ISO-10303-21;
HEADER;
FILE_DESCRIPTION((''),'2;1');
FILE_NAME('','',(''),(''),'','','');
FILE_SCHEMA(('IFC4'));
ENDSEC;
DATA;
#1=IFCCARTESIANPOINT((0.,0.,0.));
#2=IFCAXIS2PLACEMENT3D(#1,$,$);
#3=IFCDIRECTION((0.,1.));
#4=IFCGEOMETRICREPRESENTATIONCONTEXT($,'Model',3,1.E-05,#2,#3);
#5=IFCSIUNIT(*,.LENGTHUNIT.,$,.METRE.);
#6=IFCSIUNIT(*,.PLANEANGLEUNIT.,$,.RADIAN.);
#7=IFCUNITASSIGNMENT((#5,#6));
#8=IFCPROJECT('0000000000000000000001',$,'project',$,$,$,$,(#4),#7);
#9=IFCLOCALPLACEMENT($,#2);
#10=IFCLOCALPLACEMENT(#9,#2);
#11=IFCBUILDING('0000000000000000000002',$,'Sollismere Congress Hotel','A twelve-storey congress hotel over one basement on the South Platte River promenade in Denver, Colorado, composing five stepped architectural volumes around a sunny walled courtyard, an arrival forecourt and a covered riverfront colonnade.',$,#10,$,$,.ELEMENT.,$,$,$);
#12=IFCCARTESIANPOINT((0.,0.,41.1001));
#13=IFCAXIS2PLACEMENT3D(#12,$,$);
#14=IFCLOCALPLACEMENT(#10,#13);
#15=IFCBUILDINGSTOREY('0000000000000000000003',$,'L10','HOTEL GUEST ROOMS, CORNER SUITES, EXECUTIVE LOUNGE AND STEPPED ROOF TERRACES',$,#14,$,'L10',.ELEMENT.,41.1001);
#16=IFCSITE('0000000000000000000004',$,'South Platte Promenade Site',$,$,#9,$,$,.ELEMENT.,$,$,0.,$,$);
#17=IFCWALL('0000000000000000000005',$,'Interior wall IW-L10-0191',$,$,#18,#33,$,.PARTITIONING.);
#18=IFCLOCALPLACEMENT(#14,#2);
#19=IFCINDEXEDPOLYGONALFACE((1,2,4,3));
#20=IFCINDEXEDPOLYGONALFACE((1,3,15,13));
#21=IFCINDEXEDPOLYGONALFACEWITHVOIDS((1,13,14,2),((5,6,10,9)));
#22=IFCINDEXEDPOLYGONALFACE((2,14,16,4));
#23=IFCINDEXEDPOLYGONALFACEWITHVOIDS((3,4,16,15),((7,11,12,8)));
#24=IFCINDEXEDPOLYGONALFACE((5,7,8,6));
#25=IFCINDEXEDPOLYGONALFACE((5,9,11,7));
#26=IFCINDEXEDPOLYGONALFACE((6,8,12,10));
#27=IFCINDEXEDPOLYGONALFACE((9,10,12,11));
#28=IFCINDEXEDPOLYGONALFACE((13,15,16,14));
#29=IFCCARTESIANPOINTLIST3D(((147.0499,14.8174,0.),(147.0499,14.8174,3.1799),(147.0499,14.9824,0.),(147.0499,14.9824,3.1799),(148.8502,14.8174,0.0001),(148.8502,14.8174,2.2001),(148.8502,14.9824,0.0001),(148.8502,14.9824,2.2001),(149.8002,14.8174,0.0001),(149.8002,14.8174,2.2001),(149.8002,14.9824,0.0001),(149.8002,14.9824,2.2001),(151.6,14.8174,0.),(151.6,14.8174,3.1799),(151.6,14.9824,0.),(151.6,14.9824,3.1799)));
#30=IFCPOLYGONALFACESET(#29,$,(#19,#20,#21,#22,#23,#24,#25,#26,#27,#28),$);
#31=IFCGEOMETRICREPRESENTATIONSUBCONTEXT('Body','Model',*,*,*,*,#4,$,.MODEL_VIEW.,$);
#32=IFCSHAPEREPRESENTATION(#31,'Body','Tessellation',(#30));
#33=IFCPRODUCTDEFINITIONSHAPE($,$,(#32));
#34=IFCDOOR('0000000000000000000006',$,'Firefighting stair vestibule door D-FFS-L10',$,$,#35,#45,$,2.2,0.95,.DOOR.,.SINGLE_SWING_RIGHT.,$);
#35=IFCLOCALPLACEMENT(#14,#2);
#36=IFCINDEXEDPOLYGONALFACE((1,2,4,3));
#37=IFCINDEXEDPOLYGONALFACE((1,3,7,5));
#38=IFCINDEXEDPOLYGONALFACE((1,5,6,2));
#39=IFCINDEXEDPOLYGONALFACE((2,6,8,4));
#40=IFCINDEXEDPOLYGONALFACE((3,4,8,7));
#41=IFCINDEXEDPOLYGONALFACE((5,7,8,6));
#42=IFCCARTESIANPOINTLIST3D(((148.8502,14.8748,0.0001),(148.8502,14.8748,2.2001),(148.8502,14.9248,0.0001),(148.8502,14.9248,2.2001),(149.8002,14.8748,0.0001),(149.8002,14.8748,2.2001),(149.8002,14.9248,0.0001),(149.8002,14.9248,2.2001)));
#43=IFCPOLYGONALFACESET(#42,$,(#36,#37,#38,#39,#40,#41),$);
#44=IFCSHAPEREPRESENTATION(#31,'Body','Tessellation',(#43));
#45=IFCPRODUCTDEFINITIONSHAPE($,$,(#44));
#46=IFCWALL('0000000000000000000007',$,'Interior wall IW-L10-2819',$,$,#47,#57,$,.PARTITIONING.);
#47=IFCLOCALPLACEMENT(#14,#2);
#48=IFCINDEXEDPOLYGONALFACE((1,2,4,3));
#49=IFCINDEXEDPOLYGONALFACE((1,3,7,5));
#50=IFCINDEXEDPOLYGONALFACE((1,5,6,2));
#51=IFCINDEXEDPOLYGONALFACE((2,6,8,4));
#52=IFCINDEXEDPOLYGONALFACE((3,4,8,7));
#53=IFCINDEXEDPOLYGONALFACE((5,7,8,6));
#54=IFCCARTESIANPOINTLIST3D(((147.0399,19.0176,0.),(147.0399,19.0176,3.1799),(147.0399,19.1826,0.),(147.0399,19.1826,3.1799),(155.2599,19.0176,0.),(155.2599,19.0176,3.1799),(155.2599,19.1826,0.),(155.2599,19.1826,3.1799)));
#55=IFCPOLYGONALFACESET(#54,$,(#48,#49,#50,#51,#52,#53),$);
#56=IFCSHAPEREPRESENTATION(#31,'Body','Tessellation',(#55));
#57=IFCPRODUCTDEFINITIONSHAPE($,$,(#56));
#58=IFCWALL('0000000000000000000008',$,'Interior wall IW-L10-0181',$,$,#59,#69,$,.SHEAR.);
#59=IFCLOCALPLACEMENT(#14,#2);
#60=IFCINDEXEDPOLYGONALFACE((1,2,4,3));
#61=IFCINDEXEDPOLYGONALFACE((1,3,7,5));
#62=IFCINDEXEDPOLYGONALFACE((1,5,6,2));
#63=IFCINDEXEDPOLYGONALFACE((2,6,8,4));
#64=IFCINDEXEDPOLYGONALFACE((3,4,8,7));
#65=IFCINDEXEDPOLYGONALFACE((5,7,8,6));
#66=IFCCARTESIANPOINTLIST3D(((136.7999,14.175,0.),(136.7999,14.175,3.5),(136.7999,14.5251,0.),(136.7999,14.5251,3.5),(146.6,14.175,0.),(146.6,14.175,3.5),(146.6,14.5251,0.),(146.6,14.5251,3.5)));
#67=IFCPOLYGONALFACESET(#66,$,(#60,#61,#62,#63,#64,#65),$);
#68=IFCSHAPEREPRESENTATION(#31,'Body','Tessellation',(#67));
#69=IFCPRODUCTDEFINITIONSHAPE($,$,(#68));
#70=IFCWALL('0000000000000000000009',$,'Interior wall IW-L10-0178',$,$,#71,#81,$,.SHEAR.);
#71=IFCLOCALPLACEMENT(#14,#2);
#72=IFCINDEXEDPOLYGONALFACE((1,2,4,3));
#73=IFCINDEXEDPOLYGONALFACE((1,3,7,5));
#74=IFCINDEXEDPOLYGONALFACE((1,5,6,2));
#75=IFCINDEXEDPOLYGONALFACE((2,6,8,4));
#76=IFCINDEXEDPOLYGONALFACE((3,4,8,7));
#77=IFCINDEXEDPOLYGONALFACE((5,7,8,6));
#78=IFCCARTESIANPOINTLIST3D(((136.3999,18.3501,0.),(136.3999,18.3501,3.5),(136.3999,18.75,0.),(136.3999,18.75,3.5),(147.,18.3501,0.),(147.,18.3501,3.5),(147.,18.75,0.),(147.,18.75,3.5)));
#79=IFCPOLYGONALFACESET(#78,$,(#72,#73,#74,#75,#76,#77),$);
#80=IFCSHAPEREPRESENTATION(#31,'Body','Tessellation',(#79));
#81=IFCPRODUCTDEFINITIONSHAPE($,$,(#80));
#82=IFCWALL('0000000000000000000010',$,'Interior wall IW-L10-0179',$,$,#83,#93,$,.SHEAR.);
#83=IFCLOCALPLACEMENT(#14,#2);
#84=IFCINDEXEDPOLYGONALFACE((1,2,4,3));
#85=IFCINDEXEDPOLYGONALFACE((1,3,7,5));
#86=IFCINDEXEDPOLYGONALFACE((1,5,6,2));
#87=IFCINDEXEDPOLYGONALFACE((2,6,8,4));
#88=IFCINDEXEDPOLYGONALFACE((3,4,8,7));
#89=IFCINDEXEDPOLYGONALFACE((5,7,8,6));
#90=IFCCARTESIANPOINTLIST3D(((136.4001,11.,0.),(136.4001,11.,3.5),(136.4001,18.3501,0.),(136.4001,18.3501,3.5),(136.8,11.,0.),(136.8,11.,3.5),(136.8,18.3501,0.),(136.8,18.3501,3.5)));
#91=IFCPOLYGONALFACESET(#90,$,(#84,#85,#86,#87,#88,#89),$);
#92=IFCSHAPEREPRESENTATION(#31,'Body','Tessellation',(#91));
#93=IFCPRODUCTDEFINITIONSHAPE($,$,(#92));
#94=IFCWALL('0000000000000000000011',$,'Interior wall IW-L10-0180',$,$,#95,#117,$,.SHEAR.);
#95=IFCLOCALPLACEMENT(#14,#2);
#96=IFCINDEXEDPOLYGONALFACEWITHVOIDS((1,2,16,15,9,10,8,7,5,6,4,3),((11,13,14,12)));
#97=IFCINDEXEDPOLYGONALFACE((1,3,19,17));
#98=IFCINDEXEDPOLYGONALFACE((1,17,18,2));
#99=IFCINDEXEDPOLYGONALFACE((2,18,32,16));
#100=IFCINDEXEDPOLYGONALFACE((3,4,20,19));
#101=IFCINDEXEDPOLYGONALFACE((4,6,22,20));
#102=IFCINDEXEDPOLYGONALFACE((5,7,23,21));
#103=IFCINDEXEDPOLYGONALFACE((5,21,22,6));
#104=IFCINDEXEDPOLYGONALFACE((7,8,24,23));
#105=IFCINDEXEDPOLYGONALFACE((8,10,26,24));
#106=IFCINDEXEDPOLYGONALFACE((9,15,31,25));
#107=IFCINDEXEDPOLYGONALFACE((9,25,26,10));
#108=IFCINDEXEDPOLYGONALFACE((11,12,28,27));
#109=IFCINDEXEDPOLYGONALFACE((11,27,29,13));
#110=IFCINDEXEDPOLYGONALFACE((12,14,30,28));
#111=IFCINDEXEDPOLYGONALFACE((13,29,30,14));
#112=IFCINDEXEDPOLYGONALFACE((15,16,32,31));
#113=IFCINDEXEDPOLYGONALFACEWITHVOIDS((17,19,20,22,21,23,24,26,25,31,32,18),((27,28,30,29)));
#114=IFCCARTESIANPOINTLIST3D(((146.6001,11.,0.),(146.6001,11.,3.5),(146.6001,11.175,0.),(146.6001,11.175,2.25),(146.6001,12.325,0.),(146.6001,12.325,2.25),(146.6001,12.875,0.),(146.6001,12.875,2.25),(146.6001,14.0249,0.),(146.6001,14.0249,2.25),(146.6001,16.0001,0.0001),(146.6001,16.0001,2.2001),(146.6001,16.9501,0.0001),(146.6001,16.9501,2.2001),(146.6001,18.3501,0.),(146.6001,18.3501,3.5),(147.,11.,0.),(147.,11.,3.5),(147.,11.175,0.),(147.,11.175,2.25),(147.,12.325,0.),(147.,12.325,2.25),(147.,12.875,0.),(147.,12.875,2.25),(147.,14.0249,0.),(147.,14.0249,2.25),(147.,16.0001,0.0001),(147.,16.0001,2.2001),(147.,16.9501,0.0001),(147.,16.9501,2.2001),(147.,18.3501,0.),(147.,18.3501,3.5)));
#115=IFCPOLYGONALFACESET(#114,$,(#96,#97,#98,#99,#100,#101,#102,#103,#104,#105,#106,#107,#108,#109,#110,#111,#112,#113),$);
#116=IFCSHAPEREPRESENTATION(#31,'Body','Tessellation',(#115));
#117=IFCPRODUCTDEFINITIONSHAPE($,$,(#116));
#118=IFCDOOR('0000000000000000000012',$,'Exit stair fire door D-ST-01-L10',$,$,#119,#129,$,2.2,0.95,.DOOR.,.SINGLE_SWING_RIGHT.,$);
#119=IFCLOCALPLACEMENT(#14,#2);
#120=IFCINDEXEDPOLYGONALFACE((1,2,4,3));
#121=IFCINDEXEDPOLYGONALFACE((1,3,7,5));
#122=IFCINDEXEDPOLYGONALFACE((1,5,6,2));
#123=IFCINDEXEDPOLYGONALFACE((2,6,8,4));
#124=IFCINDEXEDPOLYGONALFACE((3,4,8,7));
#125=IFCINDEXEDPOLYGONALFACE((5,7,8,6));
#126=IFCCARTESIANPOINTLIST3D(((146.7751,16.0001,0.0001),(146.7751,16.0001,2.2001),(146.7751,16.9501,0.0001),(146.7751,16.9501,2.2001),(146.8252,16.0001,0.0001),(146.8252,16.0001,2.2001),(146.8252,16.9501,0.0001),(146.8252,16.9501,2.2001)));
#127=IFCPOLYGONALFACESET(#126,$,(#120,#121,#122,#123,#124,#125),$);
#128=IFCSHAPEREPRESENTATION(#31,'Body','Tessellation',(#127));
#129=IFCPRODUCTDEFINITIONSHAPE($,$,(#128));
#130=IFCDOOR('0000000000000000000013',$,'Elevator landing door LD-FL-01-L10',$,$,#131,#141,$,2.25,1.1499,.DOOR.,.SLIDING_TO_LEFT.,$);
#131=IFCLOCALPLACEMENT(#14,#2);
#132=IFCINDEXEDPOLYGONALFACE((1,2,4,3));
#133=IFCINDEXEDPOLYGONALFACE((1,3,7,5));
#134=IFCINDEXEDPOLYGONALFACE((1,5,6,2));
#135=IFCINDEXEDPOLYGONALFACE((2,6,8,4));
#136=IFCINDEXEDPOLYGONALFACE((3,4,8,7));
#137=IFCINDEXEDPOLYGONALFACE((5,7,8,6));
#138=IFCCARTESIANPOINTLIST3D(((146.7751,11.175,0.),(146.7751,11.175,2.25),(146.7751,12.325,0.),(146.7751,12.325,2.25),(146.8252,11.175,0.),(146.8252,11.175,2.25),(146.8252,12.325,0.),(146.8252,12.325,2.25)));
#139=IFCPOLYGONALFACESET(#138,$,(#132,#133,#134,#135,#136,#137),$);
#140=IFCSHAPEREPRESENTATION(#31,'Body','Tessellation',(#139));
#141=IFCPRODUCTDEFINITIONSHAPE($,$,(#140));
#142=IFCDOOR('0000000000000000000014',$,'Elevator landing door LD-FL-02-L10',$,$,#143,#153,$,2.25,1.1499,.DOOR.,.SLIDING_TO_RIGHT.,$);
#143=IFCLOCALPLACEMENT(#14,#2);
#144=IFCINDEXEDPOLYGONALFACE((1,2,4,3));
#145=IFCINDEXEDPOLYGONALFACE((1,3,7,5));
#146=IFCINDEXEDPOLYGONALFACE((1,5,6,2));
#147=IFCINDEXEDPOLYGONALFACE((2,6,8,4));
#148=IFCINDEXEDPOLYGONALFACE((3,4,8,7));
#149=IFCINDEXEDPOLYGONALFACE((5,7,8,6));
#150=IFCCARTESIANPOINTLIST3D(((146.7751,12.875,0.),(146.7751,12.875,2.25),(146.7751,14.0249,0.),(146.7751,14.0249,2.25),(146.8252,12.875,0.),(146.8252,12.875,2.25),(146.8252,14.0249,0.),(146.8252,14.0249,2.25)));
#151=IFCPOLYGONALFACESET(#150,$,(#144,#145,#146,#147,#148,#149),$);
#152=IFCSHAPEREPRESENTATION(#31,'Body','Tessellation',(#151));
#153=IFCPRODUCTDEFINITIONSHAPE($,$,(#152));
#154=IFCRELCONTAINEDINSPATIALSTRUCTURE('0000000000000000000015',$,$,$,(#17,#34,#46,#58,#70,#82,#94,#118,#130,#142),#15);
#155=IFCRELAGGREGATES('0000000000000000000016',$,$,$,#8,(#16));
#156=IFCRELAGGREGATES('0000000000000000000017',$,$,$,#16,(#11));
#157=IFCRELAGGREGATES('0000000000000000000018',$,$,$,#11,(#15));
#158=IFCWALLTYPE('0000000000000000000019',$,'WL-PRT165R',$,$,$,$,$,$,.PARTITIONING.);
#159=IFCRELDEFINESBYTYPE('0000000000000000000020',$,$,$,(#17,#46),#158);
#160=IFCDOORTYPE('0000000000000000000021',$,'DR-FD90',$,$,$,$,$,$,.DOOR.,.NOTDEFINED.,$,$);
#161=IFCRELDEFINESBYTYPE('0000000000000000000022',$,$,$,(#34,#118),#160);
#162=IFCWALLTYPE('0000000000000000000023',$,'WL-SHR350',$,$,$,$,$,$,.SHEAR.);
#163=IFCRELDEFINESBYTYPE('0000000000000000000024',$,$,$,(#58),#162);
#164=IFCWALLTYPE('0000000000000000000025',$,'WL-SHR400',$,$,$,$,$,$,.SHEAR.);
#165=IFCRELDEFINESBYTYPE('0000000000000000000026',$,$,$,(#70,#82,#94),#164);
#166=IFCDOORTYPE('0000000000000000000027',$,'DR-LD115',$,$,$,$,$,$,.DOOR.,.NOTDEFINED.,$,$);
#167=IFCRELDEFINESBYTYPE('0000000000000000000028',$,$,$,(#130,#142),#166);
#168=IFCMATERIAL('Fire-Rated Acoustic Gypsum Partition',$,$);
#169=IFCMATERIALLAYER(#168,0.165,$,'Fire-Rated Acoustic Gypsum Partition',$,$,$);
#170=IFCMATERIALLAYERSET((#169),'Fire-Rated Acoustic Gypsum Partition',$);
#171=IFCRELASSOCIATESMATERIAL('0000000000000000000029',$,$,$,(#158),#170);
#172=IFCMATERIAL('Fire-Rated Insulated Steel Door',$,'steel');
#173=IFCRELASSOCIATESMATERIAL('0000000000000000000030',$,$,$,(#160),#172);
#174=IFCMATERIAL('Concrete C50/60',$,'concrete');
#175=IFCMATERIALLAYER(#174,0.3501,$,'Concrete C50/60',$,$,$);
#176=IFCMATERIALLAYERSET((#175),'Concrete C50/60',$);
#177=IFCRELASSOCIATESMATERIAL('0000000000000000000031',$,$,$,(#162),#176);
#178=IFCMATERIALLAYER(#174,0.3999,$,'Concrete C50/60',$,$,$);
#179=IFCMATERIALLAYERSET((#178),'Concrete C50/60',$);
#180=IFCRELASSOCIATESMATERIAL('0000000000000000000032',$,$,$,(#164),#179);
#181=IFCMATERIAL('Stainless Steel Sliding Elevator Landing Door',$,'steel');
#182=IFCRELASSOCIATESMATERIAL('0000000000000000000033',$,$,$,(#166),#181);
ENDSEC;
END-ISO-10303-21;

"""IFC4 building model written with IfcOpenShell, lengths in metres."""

from ifc_helpers import new_model, si_unit, direction, frame, frame_2d, origin, place, context, subcontext, project, spatial, rectangle, extrude, material, layer, layer_set, type_object, element, fill, save


model = new_model("IFC4")

# Units and contexts
model_context = context("Model", 3, precision=1e-05, world=origin(), true_north=direction((0.0, 1.0)))
body_context = subcontext(model_context, "Body", "Model", "MODEL_VIEW")
ifc_project = project(units=[si_unit("LENGTHUNIT", "METRE"), si_unit("PLANEANGLEUNIT", "RADIAN")], contexts=[model_context])

# Site, building, storey
site_placement = place(None, origin())
site = spatial("IfcSite", under=ifc_project, at=site_placement, Name="South Platte Promenade Site", CompositionType="ELEMENT", RefElevation=0.0)
building_placement = place(site_placement, origin())
building = spatial("IfcBuilding", under=site, at=building_placement, Name="Sollismere Congress Hotel", Description="A twelve-storey congress hotel over one basement on the South Platte River promenade in Denver, Colorado, composing five stepped architectural volumes around a sunny walled courtyard, an arrival forecourt and a covered riverfront colonnade.", CompositionType="ELEMENT")
storey_placement = place(building_placement, frame((0.0, 0.0, 41.1001)))
storey = spatial("IfcBuildingStorey", under=building, at=storey_placement, Name="L10", Description="HOTEL GUEST ROOMS, CORNER SUITES, EXECUTIVE LOUNGE AND STEPPED ROOF TERRACES", LongName="L10", CompositionType="ELEMENT", Elevation=41.1001)

# Wall, opening, door
ifc_material_1 = material(Name="Fire-Rated Acoustic Gypsum Partition")
ifc_layer_1 = layer(ifc_material_1, 0.165, Name="Fire-Rated Acoustic Gypsum Partition")
ifc_layer_set_1 = layer_set([ifc_layer_1], Name="Fire-Rated Acoustic Gypsum Partition")
wall_type_1 = type_object("IfcWallType", Name="WL-PRT165R", PredefinedType="PARTITIONING", material=ifc_layer_set_1)
wall_1_placement = place(storey_placement, frame((147.05, 14.8999, 0.0), z_axis=(0.0, 0.0, 1.0), x_axis=(1.0, 0.0, 0.0)))
wall_1 = element("IfcWall", 1, at=wall_1_placement, inside=storey, type_object=wall_type_1, Name="Interior wall IW-L10-0191", PredefinedType="PARTITIONING", context=body_context, shape_type="SweptSolid", body=[
    extrude(rectangle(XDim=4.55, YDim=0.165, at=frame_2d((2.2749, 0.0))), origin(), (0.0, 0.0, 1.0), 3.1799),
])
opening_1_placement = place(wall_1_placement, frame((1.8, 0.0, 0.0)))
opening_1 = element("IfcOpeningElement", 2, at=opening_1_placement, cuts=wall_1, PredefinedType="OPENING", context=body_context, shape_type="SweptSolid", body=[
    extrude(rectangle(XDim=0.95, YDim=2.2, at=frame_2d((0.4751, 1.1001))), frame((0.0, 0.0925, 0.0), z_axis=(0.0, -1.0, 0.0), x_axis=(1.0, 0.0, 0.0)), (0.0, 0.0, 1.0), 0.1851),
])
ifc_material_2 = material(Name="Fire-Rated Insulated Steel Door", Category="steel")
door_type_1 = type_object("IfcDoorType", Name="DR-FD90", OperationType="NOTDEFINED", PredefinedType="DOOR", material=ifc_material_2)
door_1_placement = place(opening_1_placement, origin())
door_1 = element("IfcDoor", 3, at=door_1_placement, inside=storey, type_object=door_type_1, Name="Firefighting stair vestibule door D-FFS-L10", OperationType="SINGLE_SWING_RIGHT", OverallHeight=2.2, OverallWidth=0.95, PredefinedType="DOOR", context=body_context, shape_type="SweptSolid", body=[
    extrude(rectangle(XDim=0.95, YDim=2.2, at=frame_2d((0.4751, 1.1001))), frame((0.0, 0.0249, 0.0), z_axis=(0.0, -1.0, 0.0), x_axis=(1.0, 0.0, 0.0)), (0.0, 0.0, 1.0), 0.05),
])
fill(opening_1, door_1)

# Walls
wall_2_placement = place(storey_placement, frame((147.04, 19.1001, 0.0), z_axis=(0.0, 0.0, 1.0), x_axis=(1.0, 0.0, 0.0)))
element("IfcWall", 4, at=wall_2_placement, inside=storey, type_object=wall_type_1, Name="Interior wall IW-L10-2819", PredefinedType="PARTITIONING", context=body_context, shape_type="SweptSolid", body=[
    extrude(rectangle(XDim=8.22, YDim=0.165, at=frame_2d((4.1099, 0.0))), origin(), (0.0, 0.0, 1.0), 3.1799),
])
ifc_material_3 = material(Name="Concrete C50/60", Category="concrete")
ifc_layer_2 = layer(ifc_material_3, 0.3501, Name="Concrete C50/60")
ifc_layer_set_2 = layer_set([ifc_layer_2], Name="Concrete C50/60")
wall_type_2 = type_object("IfcWallType", Name="WL-SHR350", PredefinedType="SHEAR", material=ifc_layer_set_2)
wall_3_placement = place(storey_placement, frame((136.8, 14.3501, 0.0), z_axis=(0.0, 0.0, 1.0), x_axis=(1.0, 0.0, 0.0)))
element("IfcWall", 5, at=wall_3_placement, inside=storey, type_object=wall_type_2, Name="Interior wall IW-L10-0181", PredefinedType="SHEAR", context=body_context, shape_type="SweptSolid", body=[
    extrude(rectangle(XDim=9.8, YDim=0.3501, at=frame_2d((4.8999, 0.0))), origin(), (0.0, 0.0, 1.0), 3.5),
])
ifc_layer_3 = layer(ifc_material_3, 0.3999, Name="Concrete C50/60")
ifc_layer_set_3 = layer_set([ifc_layer_3], Name="Concrete C50/60")
wall_type_3 = type_object("IfcWallType", Name="WL-SHR400", PredefinedType="SHEAR", material=ifc_layer_set_3)
wall_4_placement = place(storey_placement, frame((147.0, 18.55, 0.0), z_axis=(0.0, 0.0, 1.0), x_axis=(-1.0, 0.0, 0.0)))
element("IfcWall", 6, at=wall_4_placement, inside=storey, type_object=wall_type_3, Name="Interior wall IW-L10-0178", PredefinedType="SHEAR", context=body_context, shape_type="SweptSolid", body=[
    extrude(rectangle(XDim=10.6001, YDim=0.3999, at=frame_2d((5.3, 0.0))), origin(), (0.0, 0.0, 1.0), 3.5),
])
wall_5_placement = place(storey_placement, frame((136.6001, 18.3501, 0.0), z_axis=(0.0, 0.0, 1.0), x_axis=(0.0, -1.0, 0.0)))
element("IfcWall", 7, at=wall_5_placement, inside=storey, type_object=wall_type_3, Name="Interior wall IW-L10-0179", PredefinedType="SHEAR", context=body_context, shape_type="SweptSolid", body=[
    extrude(rectangle(XDim=7.3501, YDim=0.3999, at=frame_2d((3.675, 0.0))), origin(), (0.0, 0.0, 1.0), 3.5),
])

# Wall, openings, doors
wall_6_placement = place(storey_placement, frame((146.8, 11.0, 0.0), z_axis=(0.0, 0.0, 1.0), x_axis=(0.0, 1.0, 0.0)))
wall_6 = element("IfcWall", 8, at=wall_6_placement, inside=storey, type_object=wall_type_3, Name="Interior wall IW-L10-0180", PredefinedType="SHEAR", context=body_context, shape_type="SweptSolid", body=[
    extrude(rectangle(XDim=7.3501, YDim=0.3999, at=frame_2d((3.675, 0.0))), origin(), (0.0, 0.0, 1.0), 3.5),
])
opening_2_placement = place(wall_6_placement, frame((5.0, 0.0, 0.0)))
opening_2 = element("IfcOpeningElement", 9, at=opening_2_placement, cuts=wall_6, PredefinedType="OPENING", context=body_context, shape_type="SweptSolid", body=[
    extrude(rectangle(XDim=0.95, YDim=2.2, at=frame_2d((0.4751, 1.1001))), frame((0.0, 0.21, 0.0), z_axis=(0.0, -1.0, 0.0), x_axis=(1.0, 0.0, 0.0)), (0.0, 0.0, 1.0), 0.4199),
])
opening_3_placement = place(wall_6_placement, frame((0.175, 0.0, 0.0)))
opening_3 = element("IfcOpeningElement", 10, at=opening_3_placement, cuts=wall_6, PredefinedType="OPENING", context=body_context, shape_type="SweptSolid", body=[
    extrude(rectangle(XDim=1.1499, YDim=2.25, at=frame_2d((0.575, 1.125))), frame((0.0, 0.21, 0.0), z_axis=(0.0, -1.0, 0.0), x_axis=(1.0, 0.0, 0.0)), (0.0, 0.0, 1.0), 0.4199),
])
opening_4_placement = place(wall_6_placement, frame((1.875, 0.0, 0.0)))
opening_4 = element("IfcOpeningElement", 11, at=opening_4_placement, cuts=wall_6, PredefinedType="OPENING", context=body_context, shape_type="SweptSolid", body=[
    extrude(rectangle(XDim=1.1499, YDim=2.25, at=frame_2d((0.575, 1.125))), frame((0.0, 0.21, 0.0), z_axis=(0.0, -1.0, 0.0), x_axis=(1.0, 0.0, 0.0)), (0.0, 0.0, 1.0), 0.4199),
])
door_2_placement = place(opening_2_placement, origin())
door_2 = element("IfcDoor", 12, at=door_2_placement, inside=storey, type_object=door_type_1, Name="Exit stair fire door D-ST-01-L10", OperationType="SINGLE_SWING_RIGHT", OverallHeight=2.2, OverallWidth=0.95, PredefinedType="DOOR", context=body_context, shape_type="SweptSolid", body=[
    extrude(rectangle(XDim=0.95, YDim=2.2, at=frame_2d((0.4751, 1.1001))), frame((0.0, 0.0249, 0.0), z_axis=(0.0, -1.0, 0.0), x_axis=(1.0, 0.0, 0.0)), (0.0, 0.0, 1.0), 0.05),
])
fill(opening_2, door_2)
ifc_material_4 = material(Name="Stainless Steel Sliding Elevator Landing Door", Category="steel")
door_type_2 = type_object("IfcDoorType", Name="DR-LD115", OperationType="NOTDEFINED", PredefinedType="DOOR", material=ifc_material_4)
door_3_placement = place(opening_3_placement, origin())
door_3 = element("IfcDoor", 13, at=door_3_placement, inside=storey, type_object=door_type_2, Name="Elevator landing door LD-FL-01-L10", OperationType="SLIDING_TO_LEFT", OverallHeight=2.25, OverallWidth=1.1499, PredefinedType="DOOR", context=body_context, shape_type="SweptSolid", body=[
    extrude(rectangle(XDim=1.1499, YDim=2.25, at=frame_2d((0.575, 1.125))), frame((0.0, 0.0249, 0.0), z_axis=(0.0, -1.0, 0.0), x_axis=(1.0, 0.0, 0.0)), (0.0, 0.0, 1.0), 0.05),
])
fill(opening_3, door_3)
door_4_placement = place(opening_4_placement, origin())
door_4 = element("IfcDoor", 14, at=door_4_placement, inside=storey, type_object=door_type_2, Name="Elevator landing door LD-FL-02-L10", OperationType="SLIDING_TO_RIGHT", OverallHeight=2.25, OverallWidth=1.1499, PredefinedType="DOOR", context=body_context, shape_type="SweptSolid", body=[
    extrude(rectangle(XDim=1.1499, YDim=2.25, at=frame_2d((0.575, 1.125))), frame((0.0, 0.0249, 0.0), z_axis=(0.0, -1.0, 0.0), x_axis=(1.0, 0.0, 0.0)), (0.0, 0.0, 1.0), 0.05),
])
fill(opening_4, door_4)

save(model, "model.ifc")
